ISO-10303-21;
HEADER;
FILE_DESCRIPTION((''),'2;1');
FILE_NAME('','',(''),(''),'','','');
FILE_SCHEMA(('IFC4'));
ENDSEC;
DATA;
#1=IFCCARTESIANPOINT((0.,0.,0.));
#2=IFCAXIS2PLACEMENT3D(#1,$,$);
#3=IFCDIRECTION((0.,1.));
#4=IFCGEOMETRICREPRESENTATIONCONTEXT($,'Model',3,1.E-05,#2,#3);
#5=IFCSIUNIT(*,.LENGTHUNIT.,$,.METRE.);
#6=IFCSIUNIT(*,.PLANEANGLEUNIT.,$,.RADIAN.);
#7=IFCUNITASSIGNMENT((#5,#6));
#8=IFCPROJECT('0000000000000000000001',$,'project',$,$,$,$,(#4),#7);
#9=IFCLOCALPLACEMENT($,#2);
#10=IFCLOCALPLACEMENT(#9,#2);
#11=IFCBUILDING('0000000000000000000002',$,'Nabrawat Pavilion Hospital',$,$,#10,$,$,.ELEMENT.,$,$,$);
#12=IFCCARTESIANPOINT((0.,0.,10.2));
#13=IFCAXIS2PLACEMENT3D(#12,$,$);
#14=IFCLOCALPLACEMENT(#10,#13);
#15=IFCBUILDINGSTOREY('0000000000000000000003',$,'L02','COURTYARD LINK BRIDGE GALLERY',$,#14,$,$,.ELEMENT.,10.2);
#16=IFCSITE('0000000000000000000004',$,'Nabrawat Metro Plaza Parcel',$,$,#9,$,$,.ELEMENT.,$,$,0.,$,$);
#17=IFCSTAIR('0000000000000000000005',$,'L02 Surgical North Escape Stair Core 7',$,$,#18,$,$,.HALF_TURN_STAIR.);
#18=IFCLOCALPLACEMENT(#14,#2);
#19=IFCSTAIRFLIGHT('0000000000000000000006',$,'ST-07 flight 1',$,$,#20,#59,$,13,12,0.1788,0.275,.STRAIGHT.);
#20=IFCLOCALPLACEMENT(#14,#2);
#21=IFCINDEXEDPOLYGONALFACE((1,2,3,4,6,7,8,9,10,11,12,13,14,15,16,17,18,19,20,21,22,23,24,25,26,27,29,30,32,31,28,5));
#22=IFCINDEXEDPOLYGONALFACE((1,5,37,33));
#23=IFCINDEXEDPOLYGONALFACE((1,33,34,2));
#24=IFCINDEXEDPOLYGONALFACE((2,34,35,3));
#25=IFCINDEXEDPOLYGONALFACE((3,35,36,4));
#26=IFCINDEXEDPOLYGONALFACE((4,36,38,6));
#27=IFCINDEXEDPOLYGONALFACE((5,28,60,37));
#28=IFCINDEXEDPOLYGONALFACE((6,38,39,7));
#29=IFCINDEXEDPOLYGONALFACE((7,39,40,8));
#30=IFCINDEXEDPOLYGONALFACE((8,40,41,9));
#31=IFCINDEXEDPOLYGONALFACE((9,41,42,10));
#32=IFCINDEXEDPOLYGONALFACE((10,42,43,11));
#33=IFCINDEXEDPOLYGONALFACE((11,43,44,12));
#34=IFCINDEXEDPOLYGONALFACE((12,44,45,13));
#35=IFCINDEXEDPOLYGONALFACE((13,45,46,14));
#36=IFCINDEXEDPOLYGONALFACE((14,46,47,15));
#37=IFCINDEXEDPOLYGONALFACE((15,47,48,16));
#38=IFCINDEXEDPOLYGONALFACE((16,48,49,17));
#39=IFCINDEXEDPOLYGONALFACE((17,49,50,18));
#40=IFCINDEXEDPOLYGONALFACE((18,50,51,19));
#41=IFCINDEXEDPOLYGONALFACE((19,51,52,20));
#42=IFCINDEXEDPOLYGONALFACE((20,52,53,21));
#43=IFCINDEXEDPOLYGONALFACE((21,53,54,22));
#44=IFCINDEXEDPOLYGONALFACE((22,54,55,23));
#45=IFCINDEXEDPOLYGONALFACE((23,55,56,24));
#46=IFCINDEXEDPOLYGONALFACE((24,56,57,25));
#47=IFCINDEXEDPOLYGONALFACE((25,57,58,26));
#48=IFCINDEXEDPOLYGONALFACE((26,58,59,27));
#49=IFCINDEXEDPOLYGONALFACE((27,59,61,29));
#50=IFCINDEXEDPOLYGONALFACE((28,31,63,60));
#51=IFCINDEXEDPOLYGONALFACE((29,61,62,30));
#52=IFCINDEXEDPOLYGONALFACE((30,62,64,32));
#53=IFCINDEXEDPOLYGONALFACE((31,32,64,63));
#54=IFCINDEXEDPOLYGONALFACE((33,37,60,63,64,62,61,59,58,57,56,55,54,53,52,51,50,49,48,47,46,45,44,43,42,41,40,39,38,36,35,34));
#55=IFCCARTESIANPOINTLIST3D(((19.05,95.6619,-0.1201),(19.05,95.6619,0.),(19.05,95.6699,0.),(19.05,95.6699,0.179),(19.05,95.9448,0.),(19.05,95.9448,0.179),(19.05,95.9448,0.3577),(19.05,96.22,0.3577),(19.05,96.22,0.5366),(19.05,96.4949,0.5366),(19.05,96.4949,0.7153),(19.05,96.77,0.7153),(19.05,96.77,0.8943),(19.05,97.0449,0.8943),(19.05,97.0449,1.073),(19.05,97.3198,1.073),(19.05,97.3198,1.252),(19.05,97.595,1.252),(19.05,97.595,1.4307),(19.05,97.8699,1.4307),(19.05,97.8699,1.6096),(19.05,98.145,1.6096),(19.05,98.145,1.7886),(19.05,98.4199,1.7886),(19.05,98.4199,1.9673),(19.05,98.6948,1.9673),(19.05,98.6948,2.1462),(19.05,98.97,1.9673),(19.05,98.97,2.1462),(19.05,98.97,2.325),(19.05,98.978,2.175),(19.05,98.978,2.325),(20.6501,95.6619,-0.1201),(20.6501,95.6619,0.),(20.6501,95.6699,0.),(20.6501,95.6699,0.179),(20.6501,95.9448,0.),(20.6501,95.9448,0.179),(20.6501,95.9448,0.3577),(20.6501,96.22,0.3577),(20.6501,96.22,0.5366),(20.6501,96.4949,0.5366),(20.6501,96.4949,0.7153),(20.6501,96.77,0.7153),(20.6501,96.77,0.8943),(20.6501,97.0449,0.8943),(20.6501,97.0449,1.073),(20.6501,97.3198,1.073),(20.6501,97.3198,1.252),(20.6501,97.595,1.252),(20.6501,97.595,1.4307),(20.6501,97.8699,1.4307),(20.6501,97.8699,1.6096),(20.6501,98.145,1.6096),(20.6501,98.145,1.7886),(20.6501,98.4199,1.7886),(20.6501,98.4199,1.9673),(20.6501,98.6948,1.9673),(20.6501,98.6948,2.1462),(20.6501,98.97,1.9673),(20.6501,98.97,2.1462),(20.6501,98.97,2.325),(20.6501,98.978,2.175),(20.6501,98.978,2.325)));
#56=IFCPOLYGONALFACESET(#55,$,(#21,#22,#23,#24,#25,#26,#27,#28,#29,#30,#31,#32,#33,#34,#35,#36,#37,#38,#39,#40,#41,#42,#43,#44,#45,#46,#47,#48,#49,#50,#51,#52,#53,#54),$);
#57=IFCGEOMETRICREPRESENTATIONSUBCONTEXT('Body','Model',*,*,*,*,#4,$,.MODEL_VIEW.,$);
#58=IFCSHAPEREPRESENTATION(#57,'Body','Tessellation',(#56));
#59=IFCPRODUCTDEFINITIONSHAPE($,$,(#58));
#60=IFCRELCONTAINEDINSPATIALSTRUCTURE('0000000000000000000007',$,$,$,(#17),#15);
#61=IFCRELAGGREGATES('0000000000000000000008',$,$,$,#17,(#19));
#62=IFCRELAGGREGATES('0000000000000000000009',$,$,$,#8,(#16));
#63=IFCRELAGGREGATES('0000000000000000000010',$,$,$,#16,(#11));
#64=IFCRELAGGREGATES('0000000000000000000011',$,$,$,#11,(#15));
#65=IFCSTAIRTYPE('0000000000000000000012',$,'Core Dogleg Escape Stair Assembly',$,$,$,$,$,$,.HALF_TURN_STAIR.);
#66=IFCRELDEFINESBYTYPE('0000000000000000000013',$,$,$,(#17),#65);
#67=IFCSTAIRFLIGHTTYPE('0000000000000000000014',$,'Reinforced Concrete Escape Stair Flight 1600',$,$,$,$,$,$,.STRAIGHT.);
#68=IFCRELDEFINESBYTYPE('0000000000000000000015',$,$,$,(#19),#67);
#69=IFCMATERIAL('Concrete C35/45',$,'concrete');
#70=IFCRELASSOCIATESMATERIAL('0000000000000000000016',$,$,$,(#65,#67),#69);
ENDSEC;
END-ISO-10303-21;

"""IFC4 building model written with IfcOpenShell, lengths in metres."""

from ifc_helpers import new_model, si_unit, direction, frame, origin, place, context, subcontext, project, spatial, polyline, outline, extrude, material, type_object, element, aggregate, save


model = new_model("IFC4")

# Units and contexts
model_context = context("Model", 3, precision=1e-05, world=origin(), true_north=direction((0.0, 1.0)))
body_context = subcontext(model_context, "Body", "Model", "MODEL_VIEW")
ifc_project = project(units=[si_unit("LENGTHUNIT", "METRE"), si_unit("PLANEANGLEUNIT", "RADIAN")], contexts=[model_context])

# Site, building, storey
site_placement = place(None, origin())
site = spatial("IfcSite", under=ifc_project, at=site_placement, Name="Nabrawat Metro Plaza Parcel", CompositionType="ELEMENT", RefElevation=0.0)
building_placement = place(site_placement, origin())
building = spatial("IfcBuilding", under=site, at=building_placement, Name="Nabrawat Pavilion Hospital", CompositionType="ELEMENT")
storey_placement = place(building_placement, frame((0.0, 0.0, 10.2)))
storey = spatial("IfcBuildingStorey", under=building, at=storey_placement, Name="L02", Description="COURTYARD LINK BRIDGE GALLERY", CompositionType="ELEMENT", Elevation=10.2)

# Shared definitions
ifc_material_1 = material(Name="Concrete C35/45", Category="concrete")

# Stair, stair flight
stair_type = type_object("IfcStairType", Name="Core Dogleg Escape Stair Assembly", PredefinedType="HALF_TURN_STAIR", material=ifc_material_1)
stair_placement = place(storey_placement, origin())
stair = element("IfcStair", 1, at=stair_placement, inside=storey, type_object=stair_type, Name="L02 Surgical North Escape Stair Core 7", PredefinedType="HALF_TURN_STAIR")
stair_flight_type = type_object("IfcStairFlightType", Name="Reinforced Concrete Escape Stair Flight 1600", PredefinedType="STRAIGHT", material=ifc_material_1)
stair_flight_placement = place(storey_placement, frame((19.8501, 95.6699, 0.0), z_axis=(0.0, 0.0, 1.0), x_axis=(0.0, 1.0, 0.0)))
stair_flight = element("IfcStairFlight", 2, at=stair_flight_placement, type_object=stair_flight_type, Name="ST-07 flight 1", NumberOfRisers=13, NumberOfTreads=12, PredefinedType="STRAIGHT", RiserHeight=0.1788, TreadLength=0.275, context=body_context, shape_type="SweptSolid", body=[
    extrude(outline(polyline([(-0.0081, 0.0), (0.0, 0.0), (0.0, 0.179), (0.2749, 0.179), (0.2749, 0.3577), (0.55, 0.3577), (0.55, 0.5366), (0.825, 0.5366), (0.825, 0.7153), (1.1001, 0.7153), (1.1001, 0.8943), (1.375, 0.8943), (1.375, 1.073), (1.6499, 1.073), (1.6499, 1.252), (1.925, 1.252), (1.925, 1.4307), (2.2, 1.4307), (2.2, 1.6096), (2.4751, 1.6096), (2.4751, 1.7886), (2.75, 1.7886), (2.75, 1.9673), (3.0249, 1.9673), (3.0249, 2.1462), (3.3, 2.1462), (3.3, 2.325), (3.3081, 2.325), (3.3081, 2.175), (3.3, 1.9673), (0.2749, 0.0), (-0.0081, -0.1201), (-0.0081, 0.0)])), frame((0.0, 0.8, 0.0), z_axis=(0.0, -1.0, 0.0), x_axis=(1.0, 0.0, 0.0)), (0.0, 0.0, 1.0), 1.6001),
])
aggregate(stair, [stair_flight])

save(model, "model.ifc")
